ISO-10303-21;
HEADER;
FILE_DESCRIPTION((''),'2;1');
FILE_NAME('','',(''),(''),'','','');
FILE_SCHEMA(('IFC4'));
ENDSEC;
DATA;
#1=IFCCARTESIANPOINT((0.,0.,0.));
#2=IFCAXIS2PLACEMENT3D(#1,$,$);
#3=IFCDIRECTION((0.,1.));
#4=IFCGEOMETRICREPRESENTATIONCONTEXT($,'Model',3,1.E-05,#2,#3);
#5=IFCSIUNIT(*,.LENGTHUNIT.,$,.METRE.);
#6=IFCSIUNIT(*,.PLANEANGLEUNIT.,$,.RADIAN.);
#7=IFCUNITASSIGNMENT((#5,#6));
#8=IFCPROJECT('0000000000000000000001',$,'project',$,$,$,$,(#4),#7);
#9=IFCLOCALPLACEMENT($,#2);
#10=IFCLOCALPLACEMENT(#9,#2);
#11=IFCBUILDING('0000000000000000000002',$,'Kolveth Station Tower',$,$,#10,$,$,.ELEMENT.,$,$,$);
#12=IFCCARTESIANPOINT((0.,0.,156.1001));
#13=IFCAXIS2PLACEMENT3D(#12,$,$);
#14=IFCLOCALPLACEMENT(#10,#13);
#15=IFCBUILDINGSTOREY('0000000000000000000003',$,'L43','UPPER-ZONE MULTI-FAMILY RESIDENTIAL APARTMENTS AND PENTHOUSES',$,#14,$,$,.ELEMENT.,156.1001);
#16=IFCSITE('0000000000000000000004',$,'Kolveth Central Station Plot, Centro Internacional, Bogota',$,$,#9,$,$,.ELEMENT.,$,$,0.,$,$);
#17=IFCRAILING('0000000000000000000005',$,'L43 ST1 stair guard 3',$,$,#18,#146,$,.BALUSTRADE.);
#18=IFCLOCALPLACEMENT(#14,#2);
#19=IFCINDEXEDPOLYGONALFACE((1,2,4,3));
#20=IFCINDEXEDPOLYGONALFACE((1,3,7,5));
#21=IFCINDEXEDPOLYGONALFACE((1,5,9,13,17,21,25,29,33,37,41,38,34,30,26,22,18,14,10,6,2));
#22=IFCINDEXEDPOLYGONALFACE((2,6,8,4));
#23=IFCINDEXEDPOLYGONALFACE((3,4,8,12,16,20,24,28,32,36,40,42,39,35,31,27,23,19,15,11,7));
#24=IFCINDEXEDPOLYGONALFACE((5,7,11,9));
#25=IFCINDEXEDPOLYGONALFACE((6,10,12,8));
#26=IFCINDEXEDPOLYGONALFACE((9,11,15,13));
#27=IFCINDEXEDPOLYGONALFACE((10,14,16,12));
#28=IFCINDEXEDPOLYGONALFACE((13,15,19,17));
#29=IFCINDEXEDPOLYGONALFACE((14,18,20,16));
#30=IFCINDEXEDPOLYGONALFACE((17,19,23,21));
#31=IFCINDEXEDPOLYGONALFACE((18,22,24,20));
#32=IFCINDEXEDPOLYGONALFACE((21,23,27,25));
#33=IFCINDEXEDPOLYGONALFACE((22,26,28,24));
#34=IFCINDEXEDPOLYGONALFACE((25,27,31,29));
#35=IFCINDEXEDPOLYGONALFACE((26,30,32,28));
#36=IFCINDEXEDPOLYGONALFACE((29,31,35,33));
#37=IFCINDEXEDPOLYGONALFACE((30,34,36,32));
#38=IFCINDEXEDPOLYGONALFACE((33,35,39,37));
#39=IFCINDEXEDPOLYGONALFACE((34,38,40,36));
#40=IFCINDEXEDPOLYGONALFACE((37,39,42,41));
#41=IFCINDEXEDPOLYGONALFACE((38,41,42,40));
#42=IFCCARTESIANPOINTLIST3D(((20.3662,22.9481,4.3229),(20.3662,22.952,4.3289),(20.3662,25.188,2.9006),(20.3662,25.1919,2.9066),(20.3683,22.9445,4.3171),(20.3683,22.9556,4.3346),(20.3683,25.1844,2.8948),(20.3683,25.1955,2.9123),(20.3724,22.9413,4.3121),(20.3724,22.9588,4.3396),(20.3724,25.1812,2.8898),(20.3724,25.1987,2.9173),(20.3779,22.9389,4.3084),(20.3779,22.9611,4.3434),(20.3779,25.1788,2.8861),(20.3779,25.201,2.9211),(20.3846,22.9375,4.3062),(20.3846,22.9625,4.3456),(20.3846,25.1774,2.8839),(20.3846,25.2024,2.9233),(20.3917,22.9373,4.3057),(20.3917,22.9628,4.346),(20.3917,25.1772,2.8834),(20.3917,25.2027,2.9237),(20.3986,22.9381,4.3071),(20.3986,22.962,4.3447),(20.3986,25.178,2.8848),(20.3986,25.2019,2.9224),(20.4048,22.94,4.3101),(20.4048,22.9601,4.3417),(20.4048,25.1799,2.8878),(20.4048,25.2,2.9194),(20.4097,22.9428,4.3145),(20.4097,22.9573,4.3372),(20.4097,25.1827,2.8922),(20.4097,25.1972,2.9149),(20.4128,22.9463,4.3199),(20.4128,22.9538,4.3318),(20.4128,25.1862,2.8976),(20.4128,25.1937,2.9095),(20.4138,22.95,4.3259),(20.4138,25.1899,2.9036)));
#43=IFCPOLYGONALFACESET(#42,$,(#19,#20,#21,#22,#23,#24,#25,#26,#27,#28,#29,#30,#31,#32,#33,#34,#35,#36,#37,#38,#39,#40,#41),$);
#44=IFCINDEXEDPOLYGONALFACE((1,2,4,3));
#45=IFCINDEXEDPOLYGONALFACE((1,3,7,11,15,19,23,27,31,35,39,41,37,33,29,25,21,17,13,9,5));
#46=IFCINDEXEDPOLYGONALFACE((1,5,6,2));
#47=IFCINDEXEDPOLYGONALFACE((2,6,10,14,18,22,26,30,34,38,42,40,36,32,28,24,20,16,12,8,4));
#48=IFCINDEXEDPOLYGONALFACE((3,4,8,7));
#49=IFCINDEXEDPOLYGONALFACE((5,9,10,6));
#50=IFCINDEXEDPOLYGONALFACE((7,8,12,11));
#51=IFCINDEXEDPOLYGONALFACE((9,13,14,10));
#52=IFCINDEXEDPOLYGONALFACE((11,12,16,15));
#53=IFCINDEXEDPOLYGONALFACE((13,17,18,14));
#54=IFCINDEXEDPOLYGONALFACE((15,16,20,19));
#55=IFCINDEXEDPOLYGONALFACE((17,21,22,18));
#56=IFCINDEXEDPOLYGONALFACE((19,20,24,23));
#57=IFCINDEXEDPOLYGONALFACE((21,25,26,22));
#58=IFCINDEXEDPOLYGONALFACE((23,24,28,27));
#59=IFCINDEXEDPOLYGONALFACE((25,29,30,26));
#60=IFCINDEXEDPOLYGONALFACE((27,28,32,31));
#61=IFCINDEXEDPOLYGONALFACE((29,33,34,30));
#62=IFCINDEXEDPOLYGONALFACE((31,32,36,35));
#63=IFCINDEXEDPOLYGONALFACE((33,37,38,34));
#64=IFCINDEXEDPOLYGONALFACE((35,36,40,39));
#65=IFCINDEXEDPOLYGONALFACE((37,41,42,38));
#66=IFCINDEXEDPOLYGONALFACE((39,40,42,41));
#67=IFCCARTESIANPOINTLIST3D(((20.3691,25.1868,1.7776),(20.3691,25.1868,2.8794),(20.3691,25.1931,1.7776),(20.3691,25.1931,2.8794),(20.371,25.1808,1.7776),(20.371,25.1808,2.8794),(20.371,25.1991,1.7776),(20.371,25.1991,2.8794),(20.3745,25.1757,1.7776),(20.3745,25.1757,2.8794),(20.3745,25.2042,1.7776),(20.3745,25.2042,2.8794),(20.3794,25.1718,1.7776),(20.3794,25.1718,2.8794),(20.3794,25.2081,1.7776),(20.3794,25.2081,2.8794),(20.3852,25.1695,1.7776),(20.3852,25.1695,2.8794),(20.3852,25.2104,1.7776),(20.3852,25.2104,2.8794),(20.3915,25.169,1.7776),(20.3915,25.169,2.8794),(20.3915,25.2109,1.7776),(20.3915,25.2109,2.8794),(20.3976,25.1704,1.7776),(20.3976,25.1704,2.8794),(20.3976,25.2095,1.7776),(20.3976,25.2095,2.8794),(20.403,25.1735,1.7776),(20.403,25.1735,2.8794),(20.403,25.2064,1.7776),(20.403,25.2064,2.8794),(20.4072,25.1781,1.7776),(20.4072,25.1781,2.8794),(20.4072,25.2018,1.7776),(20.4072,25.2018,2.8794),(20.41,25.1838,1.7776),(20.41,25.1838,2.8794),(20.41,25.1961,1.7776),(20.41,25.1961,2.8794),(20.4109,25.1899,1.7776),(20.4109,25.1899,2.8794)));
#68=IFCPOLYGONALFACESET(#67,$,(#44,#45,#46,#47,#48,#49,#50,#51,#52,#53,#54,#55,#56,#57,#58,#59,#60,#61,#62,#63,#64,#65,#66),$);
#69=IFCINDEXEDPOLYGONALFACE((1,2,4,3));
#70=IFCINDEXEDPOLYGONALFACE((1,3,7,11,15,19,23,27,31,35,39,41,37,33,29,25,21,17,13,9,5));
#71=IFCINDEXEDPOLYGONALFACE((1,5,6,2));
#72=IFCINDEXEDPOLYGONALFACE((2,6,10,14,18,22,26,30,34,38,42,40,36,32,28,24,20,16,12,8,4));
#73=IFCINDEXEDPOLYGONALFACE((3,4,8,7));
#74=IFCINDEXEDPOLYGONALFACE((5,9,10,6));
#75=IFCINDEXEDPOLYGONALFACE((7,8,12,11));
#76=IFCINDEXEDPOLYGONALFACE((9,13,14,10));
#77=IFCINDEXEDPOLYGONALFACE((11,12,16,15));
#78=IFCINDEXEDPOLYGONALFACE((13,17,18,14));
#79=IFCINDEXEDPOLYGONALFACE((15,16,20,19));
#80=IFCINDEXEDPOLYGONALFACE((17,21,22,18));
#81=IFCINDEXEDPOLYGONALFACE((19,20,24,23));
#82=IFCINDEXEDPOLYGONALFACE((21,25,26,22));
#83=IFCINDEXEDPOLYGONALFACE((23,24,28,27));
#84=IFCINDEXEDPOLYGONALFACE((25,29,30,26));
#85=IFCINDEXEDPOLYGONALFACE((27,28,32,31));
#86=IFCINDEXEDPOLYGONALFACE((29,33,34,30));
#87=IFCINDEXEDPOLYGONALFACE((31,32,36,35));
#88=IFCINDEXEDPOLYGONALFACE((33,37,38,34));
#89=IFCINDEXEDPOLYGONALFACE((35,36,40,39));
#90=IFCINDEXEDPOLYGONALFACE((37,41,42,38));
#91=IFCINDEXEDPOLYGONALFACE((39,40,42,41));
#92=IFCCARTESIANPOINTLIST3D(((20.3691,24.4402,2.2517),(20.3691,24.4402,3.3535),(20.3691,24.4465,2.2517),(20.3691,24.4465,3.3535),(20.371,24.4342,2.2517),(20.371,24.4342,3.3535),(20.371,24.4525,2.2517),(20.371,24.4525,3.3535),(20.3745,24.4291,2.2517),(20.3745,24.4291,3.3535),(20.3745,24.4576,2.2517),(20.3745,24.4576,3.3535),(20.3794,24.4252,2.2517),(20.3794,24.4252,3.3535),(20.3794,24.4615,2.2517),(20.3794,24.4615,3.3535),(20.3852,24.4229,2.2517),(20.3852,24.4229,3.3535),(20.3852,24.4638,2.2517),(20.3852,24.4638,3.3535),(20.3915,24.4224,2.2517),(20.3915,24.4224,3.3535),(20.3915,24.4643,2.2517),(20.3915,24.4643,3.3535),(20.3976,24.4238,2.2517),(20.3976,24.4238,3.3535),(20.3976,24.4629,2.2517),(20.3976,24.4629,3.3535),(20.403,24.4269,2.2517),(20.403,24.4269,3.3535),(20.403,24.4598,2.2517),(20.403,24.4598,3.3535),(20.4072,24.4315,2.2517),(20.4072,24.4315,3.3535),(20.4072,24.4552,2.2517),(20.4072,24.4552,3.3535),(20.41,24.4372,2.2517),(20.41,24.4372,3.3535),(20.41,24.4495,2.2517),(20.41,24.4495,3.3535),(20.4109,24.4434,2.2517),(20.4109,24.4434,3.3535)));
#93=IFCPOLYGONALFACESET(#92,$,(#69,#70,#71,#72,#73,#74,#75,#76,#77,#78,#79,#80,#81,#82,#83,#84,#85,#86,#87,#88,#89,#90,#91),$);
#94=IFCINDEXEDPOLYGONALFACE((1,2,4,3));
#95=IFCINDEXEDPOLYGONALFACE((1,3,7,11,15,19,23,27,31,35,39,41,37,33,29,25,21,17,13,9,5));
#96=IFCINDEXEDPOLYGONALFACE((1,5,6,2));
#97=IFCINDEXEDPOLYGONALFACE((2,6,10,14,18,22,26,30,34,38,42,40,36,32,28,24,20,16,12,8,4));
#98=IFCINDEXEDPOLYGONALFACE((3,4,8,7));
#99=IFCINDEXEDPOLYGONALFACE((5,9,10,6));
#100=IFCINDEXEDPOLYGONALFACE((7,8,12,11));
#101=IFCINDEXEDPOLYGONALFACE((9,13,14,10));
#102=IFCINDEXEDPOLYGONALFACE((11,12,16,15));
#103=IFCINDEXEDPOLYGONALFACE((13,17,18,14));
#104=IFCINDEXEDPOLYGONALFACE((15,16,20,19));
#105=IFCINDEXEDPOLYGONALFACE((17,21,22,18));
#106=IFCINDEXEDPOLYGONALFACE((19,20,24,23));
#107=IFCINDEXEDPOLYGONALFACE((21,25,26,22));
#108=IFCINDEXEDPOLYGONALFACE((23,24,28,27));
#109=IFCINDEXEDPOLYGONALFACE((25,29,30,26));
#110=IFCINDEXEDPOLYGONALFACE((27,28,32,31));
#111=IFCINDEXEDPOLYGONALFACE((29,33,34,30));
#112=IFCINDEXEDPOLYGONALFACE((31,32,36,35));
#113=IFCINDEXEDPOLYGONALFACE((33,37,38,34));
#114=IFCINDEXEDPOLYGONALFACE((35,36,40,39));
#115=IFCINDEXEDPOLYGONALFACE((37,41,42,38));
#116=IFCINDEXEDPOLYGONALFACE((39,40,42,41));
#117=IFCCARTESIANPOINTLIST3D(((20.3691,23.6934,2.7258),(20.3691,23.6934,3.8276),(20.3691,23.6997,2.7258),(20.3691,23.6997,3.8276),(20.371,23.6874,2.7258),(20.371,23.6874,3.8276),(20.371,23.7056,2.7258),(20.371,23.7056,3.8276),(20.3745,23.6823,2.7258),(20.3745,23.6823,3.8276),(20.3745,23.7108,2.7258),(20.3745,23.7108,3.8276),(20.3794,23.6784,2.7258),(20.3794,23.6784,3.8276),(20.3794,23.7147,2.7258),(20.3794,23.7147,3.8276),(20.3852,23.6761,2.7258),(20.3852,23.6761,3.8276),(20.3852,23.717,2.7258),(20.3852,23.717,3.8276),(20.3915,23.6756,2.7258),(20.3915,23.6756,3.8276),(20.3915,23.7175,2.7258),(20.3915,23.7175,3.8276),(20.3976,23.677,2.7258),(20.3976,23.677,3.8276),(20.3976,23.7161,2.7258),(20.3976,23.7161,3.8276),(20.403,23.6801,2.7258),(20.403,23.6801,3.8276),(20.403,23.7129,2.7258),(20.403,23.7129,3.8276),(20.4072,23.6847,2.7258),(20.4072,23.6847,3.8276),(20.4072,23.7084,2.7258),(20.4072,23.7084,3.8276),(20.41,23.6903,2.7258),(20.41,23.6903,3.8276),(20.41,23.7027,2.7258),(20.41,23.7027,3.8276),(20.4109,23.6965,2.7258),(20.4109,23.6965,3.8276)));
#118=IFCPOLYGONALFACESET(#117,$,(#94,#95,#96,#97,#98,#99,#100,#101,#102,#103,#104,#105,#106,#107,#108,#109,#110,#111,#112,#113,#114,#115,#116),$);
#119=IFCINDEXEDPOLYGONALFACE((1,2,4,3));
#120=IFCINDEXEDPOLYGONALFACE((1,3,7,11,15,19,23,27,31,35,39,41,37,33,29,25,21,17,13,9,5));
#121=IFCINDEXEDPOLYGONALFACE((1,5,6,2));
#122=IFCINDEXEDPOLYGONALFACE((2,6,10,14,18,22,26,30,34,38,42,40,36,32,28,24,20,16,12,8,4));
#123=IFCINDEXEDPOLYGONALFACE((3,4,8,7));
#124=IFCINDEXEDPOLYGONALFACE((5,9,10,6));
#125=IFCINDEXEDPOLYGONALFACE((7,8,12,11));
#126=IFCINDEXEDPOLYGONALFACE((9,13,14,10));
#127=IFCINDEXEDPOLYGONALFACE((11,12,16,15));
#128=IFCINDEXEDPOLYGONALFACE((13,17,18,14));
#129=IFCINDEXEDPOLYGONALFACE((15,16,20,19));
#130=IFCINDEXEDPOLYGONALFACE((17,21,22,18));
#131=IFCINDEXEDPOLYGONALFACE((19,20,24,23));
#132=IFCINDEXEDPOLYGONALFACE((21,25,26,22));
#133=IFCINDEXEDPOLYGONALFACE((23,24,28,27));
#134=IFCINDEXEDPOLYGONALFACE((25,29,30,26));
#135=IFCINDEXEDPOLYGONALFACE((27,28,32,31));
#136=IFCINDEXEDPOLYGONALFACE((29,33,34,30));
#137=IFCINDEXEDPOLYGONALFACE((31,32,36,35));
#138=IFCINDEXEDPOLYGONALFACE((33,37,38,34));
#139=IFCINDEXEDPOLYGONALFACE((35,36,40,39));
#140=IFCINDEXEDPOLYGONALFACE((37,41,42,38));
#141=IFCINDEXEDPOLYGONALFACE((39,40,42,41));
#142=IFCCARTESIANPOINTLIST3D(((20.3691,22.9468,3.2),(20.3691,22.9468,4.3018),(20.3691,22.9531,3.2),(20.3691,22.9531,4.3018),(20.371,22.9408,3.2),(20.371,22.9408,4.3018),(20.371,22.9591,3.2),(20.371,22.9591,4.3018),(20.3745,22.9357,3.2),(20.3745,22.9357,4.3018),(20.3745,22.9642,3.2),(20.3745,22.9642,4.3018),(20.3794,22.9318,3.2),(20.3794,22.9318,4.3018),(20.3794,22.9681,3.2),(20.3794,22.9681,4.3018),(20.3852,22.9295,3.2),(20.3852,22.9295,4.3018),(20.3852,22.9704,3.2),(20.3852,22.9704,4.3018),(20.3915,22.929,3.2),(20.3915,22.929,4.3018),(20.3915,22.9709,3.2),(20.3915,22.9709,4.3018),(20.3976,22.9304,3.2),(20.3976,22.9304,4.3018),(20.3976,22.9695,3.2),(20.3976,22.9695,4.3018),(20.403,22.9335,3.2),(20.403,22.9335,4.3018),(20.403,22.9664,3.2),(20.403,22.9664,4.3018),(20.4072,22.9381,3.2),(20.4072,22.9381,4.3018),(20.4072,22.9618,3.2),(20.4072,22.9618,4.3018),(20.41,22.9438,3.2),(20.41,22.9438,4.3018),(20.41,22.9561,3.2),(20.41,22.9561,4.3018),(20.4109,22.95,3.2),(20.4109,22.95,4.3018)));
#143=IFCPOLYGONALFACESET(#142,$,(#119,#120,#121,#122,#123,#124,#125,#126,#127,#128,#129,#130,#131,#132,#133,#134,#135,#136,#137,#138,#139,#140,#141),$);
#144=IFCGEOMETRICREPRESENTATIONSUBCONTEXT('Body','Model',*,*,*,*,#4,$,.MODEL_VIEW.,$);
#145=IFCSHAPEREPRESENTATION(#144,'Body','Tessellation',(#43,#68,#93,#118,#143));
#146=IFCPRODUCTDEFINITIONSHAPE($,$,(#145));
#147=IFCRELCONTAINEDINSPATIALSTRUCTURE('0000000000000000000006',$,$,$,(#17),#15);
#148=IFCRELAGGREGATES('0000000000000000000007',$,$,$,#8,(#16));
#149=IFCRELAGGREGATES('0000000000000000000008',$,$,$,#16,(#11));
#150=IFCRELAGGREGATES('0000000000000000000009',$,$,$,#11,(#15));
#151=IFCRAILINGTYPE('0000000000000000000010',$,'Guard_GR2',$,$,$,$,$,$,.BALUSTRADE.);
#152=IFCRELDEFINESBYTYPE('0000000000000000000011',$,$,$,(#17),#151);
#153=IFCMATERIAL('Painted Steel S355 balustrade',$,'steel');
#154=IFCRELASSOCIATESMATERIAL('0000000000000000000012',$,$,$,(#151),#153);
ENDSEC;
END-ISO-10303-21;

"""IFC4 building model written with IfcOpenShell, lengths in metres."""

from ifc_helpers import new_model, si_unit, direction, frame, origin, origin_2d, place, context, subcontext, project, spatial, circle, extrude, material, type_object, element, save


model = new_model("IFC4")

# Units and contexts
model_context = context("Model", 3, precision=1e-05, world=origin(), true_north=direction((0.0, 1.0)))
body_context = subcontext(model_context, "Body", "Model", "MODEL_VIEW")
ifc_project = project(units=[si_unit("LENGTHUNIT", "METRE"), si_unit("PLANEANGLEUNIT", "RADIAN")], contexts=[model_context])

# Site, building, storey
site_placement = place(None, origin())
site = spatial("IfcSite", under=ifc_project, at=site_placement, Name="Kolveth Central Station Plot, Centro Internacional, Bogota", CompositionType="ELEMENT", RefElevation=0.0)
building_placement = place(site_placement, origin())
building = spatial("IfcBuilding", under=site, at=building_placement, Name="Kolveth Station Tower", CompositionType="ELEMENT")
storey_placement = place(building_placement, frame((0.0, 0.0, 156.1001)))
storey = spatial("IfcBuildingStorey", under=building, at=storey_placement, Name="L43", Description="UPPER-ZONE MULTI-FAMILY RESIDENTIAL APARTMENTS AND PENTHOUSES", CompositionType="ELEMENT", Elevation=156.1001)

# Railing
ifc_material_1 = material(Name="Painted Steel S355 balustrade", Category="steel")
railing_type_1 = type_object("IfcRailingType", Name="Guard_GR2", PredefinedType="BALUSTRADE", material=ifc_material_1)
railing_1_placement = place(storey_placement, frame((20.3899, 25.1899, 1.7776)))
element("IfcRailing", 1, at=railing_1_placement, inside=storey, type_object=railing_type_1, Name="L43 ST1 stair guard 3", PredefinedType="BALUSTRADE", context=body_context, shape_type="SweptSolid", body=[
    extrude(circle(Radius=0.0239, at=origin_2d()), frame((0.0, 0.0, 1.126), z_axis=(0.0, -0.844188, 0.536048), x_axis=(1.0, 0.0, 0.0)), (0.0, 0.0, 1.0), 2.6533),
    extrude(circle(Radius=0.021, at=origin_2d()), origin(), (0.0, 0.0, 1.0), 1.1018),
    extrude(circle(Radius=0.021, at=origin_2d()), frame((0.0, -0.7466, 0.4741)), (0.0, 0.0, 1.0), 1.1018),
    extrude(circle(Radius=0.021, at=origin_2d()), frame((0.0, -1.4934, 0.9482)), (0.0, 0.0, 1.0), 1.1018),
    extrude(circle(Radius=0.021, at=origin_2d()), frame((0.0, -2.24, 1.4224)), (0.0, 0.0, 1.0), 1.1018),
])

save(model, "model.ifc")
